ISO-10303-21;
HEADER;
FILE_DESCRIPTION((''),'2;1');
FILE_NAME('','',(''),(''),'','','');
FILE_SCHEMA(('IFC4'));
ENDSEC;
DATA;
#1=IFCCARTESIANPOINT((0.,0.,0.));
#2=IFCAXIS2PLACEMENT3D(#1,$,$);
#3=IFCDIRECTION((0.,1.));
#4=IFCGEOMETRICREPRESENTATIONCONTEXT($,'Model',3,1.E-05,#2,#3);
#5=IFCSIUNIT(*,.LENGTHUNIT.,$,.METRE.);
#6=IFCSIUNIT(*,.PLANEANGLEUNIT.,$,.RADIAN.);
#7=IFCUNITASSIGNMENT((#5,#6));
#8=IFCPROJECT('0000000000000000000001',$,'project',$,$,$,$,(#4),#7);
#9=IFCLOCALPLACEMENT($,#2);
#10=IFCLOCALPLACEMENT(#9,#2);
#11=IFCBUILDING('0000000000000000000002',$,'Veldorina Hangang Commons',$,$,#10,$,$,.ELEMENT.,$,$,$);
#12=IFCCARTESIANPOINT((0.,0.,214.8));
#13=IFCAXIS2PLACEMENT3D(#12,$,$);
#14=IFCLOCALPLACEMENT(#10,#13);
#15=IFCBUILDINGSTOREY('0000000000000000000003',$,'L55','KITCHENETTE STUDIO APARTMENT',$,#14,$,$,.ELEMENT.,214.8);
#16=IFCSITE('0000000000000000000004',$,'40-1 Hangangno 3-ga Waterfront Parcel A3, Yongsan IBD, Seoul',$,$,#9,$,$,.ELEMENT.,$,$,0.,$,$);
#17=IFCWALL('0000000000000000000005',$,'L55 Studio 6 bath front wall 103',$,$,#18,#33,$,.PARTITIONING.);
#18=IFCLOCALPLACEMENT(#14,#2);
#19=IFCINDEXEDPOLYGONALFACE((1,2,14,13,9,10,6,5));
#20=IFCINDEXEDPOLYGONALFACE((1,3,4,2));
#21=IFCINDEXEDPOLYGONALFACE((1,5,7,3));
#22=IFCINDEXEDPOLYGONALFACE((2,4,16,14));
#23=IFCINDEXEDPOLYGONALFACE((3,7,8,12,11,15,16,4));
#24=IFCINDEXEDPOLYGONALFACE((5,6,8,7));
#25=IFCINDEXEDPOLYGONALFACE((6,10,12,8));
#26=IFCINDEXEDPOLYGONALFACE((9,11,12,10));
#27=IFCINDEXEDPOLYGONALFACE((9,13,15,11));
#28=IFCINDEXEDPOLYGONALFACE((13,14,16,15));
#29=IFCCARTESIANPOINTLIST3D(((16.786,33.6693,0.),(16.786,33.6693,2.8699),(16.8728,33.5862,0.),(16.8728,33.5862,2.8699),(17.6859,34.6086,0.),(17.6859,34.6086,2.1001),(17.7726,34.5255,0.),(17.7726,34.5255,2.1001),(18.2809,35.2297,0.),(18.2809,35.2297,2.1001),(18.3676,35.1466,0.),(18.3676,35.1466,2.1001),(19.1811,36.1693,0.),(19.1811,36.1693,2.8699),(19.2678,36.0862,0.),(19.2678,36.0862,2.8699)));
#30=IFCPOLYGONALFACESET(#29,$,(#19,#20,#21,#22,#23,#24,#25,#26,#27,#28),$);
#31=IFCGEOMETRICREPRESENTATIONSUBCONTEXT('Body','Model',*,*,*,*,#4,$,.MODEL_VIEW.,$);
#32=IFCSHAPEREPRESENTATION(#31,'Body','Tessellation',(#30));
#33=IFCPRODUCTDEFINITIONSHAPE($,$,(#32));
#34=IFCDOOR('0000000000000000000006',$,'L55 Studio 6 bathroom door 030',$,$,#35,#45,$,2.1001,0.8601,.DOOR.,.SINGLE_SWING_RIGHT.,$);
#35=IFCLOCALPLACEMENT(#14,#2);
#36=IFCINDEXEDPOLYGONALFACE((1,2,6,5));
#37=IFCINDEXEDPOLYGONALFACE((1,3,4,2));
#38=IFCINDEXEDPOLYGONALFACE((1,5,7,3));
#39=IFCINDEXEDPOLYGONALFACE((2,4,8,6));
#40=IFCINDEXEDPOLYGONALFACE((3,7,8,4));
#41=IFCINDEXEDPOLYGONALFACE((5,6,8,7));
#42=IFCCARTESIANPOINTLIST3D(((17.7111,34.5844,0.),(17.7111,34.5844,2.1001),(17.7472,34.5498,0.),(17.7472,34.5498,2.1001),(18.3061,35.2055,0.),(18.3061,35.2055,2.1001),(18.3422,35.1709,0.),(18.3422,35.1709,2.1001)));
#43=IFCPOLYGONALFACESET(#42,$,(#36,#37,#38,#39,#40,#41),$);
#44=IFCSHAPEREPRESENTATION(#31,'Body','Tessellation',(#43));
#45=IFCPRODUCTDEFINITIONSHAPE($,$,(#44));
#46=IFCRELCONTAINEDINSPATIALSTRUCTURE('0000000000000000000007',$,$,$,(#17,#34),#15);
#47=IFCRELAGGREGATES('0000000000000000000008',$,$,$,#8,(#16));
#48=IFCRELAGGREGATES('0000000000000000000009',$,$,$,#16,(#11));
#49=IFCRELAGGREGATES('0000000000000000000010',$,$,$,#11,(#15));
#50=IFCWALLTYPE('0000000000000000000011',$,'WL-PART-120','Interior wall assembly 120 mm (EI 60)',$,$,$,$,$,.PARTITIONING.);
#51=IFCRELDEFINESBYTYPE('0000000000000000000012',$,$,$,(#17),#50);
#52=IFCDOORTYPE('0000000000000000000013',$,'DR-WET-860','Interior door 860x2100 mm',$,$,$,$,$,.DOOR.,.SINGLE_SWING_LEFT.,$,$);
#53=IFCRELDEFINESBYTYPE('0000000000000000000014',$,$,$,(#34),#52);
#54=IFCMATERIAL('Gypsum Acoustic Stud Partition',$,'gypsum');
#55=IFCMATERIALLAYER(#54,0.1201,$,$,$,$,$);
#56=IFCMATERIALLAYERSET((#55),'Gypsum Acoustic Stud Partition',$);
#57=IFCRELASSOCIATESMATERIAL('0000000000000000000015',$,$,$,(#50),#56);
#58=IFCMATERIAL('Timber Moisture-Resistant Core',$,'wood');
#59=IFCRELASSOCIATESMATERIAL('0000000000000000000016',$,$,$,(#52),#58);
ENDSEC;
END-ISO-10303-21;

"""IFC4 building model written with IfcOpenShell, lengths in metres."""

from ifc_helpers import new_model, si_unit, direction, frame, frame_2d, origin, place, context, subcontext, project, spatial, rectangle, extrude, material, layer, layer_set, type_object, element, fill, save


model = new_model("IFC4")

# Units and contexts
model_context = context("Model", 3, precision=1e-05, world=origin(), true_north=direction((0.0, 1.0)))
body_context = subcontext(model_context, "Body", "Model", "MODEL_VIEW")
ifc_project = project(units=[si_unit("LENGTHUNIT", "METRE"), si_unit("PLANEANGLEUNIT", "RADIAN")], contexts=[model_context])

# Site, building, storey
site_placement = place(None, origin())
site = spatial("IfcSite", under=ifc_project, at=site_placement, Name="40-1 Hangangno 3-ga Waterfront Parcel A3, Yongsan IBD, Seoul", CompositionType="ELEMENT", RefElevation=0.0)
building_placement = place(site_placement, origin())
building = spatial("IfcBuilding", under=site, at=building_placement, Name="Veldorina Hangang Commons", CompositionType="ELEMENT")
storey_placement = place(building_placement, frame((0.0, 0.0, 214.8)))
storey = spatial("IfcBuildingStorey", under=building, at=storey_placement, Name="L55", Description="KITCHENETTE STUDIO APARTMENT", CompositionType="ELEMENT", Elevation=214.8)

# Wall, opening, door
ifc_material_1 = material(Name="Gypsum Acoustic Stud Partition", Category="gypsum")
ifc_layer_1 = layer(ifc_material_1, 0.1201)
ifc_layer_set_1 = layer_set([ifc_layer_1], Name="Gypsum Acoustic Stud Partition")
wall_type_1 = type_object("IfcWallType", Name="WL-PART-120", Description="Interior wall assembly 120 mm (EI 60)", PredefinedType="PARTITIONING", material=ifc_layer_set_1)
wall_1_placement = place(storey_placement, frame((19.2244, 36.1277, 0.0), z_axis=(0.0, 0.0, 1.0), x_axis=(-0.691783, -0.722106, 0.0)))
wall_1 = element("IfcWall", 1, at=wall_1_placement, inside=storey, type_object=wall_type_1, Name="L55 Studio 6 bath front wall 103", PredefinedType="PARTITIONING", context=body_context, shape_type="SweptSolid", body=[
    extrude(rectangle(XDim=3.4622, YDim=0.1201, at=frame_2d((1.731, 0.0))), origin(), (0.0, 0.0, 1.0), 2.8699),
])
opening_1_placement = place(wall_1_placement, frame((1.301, 0.0, 0.0)))
opening_1 = element("IfcOpeningElement", 2, at=opening_1_placement, cuts=wall_1, PredefinedType="OPENING", context=body_context, shape_type="SweptSolid", body=[
    extrude(rectangle(XDim=0.8601, YDim=2.1001, at=frame_2d((0.4302, 1.05))), frame((0.0, 0.0701, 0.0), z_axis=(0.0, -1.0, 0.0), x_axis=(1.0, 0.0, 0.0)), (0.0, 0.0, 1.0), 0.1401),
])
ifc_material_2 = material(Name="Timber Moisture-Resistant Core", Category="wood")
door_type = type_object("IfcDoorType", Name="DR-WET-860", Description="Interior door 860x2100 mm", OperationType="SINGLE_SWING_LEFT", PredefinedType="DOOR", material=ifc_material_2)
door_placement = place(opening_1_placement, origin())
door = element("IfcDoor", 3, at=door_placement, inside=storey, type_object=door_type, Name="L55 Studio 6 bathroom door 030", OperationType="SINGLE_SWING_RIGHT", OverallHeight=2.1001, OverallWidth=0.8601, PredefinedType="DOOR", context=body_context, shape_type="SweptSolid", body=[
    extrude(rectangle(XDim=0.8601, YDim=2.1001, at=frame_2d((0.4302, 1.05))), frame((0.0, 0.0249, 0.0), z_axis=(0.0, -1.0, 0.0), x_axis=(1.0, 0.0, 0.0)), (0.0, 0.0, 1.0), 0.05),
])
fill(opening_1, door)

save(model, "model.ifc")
